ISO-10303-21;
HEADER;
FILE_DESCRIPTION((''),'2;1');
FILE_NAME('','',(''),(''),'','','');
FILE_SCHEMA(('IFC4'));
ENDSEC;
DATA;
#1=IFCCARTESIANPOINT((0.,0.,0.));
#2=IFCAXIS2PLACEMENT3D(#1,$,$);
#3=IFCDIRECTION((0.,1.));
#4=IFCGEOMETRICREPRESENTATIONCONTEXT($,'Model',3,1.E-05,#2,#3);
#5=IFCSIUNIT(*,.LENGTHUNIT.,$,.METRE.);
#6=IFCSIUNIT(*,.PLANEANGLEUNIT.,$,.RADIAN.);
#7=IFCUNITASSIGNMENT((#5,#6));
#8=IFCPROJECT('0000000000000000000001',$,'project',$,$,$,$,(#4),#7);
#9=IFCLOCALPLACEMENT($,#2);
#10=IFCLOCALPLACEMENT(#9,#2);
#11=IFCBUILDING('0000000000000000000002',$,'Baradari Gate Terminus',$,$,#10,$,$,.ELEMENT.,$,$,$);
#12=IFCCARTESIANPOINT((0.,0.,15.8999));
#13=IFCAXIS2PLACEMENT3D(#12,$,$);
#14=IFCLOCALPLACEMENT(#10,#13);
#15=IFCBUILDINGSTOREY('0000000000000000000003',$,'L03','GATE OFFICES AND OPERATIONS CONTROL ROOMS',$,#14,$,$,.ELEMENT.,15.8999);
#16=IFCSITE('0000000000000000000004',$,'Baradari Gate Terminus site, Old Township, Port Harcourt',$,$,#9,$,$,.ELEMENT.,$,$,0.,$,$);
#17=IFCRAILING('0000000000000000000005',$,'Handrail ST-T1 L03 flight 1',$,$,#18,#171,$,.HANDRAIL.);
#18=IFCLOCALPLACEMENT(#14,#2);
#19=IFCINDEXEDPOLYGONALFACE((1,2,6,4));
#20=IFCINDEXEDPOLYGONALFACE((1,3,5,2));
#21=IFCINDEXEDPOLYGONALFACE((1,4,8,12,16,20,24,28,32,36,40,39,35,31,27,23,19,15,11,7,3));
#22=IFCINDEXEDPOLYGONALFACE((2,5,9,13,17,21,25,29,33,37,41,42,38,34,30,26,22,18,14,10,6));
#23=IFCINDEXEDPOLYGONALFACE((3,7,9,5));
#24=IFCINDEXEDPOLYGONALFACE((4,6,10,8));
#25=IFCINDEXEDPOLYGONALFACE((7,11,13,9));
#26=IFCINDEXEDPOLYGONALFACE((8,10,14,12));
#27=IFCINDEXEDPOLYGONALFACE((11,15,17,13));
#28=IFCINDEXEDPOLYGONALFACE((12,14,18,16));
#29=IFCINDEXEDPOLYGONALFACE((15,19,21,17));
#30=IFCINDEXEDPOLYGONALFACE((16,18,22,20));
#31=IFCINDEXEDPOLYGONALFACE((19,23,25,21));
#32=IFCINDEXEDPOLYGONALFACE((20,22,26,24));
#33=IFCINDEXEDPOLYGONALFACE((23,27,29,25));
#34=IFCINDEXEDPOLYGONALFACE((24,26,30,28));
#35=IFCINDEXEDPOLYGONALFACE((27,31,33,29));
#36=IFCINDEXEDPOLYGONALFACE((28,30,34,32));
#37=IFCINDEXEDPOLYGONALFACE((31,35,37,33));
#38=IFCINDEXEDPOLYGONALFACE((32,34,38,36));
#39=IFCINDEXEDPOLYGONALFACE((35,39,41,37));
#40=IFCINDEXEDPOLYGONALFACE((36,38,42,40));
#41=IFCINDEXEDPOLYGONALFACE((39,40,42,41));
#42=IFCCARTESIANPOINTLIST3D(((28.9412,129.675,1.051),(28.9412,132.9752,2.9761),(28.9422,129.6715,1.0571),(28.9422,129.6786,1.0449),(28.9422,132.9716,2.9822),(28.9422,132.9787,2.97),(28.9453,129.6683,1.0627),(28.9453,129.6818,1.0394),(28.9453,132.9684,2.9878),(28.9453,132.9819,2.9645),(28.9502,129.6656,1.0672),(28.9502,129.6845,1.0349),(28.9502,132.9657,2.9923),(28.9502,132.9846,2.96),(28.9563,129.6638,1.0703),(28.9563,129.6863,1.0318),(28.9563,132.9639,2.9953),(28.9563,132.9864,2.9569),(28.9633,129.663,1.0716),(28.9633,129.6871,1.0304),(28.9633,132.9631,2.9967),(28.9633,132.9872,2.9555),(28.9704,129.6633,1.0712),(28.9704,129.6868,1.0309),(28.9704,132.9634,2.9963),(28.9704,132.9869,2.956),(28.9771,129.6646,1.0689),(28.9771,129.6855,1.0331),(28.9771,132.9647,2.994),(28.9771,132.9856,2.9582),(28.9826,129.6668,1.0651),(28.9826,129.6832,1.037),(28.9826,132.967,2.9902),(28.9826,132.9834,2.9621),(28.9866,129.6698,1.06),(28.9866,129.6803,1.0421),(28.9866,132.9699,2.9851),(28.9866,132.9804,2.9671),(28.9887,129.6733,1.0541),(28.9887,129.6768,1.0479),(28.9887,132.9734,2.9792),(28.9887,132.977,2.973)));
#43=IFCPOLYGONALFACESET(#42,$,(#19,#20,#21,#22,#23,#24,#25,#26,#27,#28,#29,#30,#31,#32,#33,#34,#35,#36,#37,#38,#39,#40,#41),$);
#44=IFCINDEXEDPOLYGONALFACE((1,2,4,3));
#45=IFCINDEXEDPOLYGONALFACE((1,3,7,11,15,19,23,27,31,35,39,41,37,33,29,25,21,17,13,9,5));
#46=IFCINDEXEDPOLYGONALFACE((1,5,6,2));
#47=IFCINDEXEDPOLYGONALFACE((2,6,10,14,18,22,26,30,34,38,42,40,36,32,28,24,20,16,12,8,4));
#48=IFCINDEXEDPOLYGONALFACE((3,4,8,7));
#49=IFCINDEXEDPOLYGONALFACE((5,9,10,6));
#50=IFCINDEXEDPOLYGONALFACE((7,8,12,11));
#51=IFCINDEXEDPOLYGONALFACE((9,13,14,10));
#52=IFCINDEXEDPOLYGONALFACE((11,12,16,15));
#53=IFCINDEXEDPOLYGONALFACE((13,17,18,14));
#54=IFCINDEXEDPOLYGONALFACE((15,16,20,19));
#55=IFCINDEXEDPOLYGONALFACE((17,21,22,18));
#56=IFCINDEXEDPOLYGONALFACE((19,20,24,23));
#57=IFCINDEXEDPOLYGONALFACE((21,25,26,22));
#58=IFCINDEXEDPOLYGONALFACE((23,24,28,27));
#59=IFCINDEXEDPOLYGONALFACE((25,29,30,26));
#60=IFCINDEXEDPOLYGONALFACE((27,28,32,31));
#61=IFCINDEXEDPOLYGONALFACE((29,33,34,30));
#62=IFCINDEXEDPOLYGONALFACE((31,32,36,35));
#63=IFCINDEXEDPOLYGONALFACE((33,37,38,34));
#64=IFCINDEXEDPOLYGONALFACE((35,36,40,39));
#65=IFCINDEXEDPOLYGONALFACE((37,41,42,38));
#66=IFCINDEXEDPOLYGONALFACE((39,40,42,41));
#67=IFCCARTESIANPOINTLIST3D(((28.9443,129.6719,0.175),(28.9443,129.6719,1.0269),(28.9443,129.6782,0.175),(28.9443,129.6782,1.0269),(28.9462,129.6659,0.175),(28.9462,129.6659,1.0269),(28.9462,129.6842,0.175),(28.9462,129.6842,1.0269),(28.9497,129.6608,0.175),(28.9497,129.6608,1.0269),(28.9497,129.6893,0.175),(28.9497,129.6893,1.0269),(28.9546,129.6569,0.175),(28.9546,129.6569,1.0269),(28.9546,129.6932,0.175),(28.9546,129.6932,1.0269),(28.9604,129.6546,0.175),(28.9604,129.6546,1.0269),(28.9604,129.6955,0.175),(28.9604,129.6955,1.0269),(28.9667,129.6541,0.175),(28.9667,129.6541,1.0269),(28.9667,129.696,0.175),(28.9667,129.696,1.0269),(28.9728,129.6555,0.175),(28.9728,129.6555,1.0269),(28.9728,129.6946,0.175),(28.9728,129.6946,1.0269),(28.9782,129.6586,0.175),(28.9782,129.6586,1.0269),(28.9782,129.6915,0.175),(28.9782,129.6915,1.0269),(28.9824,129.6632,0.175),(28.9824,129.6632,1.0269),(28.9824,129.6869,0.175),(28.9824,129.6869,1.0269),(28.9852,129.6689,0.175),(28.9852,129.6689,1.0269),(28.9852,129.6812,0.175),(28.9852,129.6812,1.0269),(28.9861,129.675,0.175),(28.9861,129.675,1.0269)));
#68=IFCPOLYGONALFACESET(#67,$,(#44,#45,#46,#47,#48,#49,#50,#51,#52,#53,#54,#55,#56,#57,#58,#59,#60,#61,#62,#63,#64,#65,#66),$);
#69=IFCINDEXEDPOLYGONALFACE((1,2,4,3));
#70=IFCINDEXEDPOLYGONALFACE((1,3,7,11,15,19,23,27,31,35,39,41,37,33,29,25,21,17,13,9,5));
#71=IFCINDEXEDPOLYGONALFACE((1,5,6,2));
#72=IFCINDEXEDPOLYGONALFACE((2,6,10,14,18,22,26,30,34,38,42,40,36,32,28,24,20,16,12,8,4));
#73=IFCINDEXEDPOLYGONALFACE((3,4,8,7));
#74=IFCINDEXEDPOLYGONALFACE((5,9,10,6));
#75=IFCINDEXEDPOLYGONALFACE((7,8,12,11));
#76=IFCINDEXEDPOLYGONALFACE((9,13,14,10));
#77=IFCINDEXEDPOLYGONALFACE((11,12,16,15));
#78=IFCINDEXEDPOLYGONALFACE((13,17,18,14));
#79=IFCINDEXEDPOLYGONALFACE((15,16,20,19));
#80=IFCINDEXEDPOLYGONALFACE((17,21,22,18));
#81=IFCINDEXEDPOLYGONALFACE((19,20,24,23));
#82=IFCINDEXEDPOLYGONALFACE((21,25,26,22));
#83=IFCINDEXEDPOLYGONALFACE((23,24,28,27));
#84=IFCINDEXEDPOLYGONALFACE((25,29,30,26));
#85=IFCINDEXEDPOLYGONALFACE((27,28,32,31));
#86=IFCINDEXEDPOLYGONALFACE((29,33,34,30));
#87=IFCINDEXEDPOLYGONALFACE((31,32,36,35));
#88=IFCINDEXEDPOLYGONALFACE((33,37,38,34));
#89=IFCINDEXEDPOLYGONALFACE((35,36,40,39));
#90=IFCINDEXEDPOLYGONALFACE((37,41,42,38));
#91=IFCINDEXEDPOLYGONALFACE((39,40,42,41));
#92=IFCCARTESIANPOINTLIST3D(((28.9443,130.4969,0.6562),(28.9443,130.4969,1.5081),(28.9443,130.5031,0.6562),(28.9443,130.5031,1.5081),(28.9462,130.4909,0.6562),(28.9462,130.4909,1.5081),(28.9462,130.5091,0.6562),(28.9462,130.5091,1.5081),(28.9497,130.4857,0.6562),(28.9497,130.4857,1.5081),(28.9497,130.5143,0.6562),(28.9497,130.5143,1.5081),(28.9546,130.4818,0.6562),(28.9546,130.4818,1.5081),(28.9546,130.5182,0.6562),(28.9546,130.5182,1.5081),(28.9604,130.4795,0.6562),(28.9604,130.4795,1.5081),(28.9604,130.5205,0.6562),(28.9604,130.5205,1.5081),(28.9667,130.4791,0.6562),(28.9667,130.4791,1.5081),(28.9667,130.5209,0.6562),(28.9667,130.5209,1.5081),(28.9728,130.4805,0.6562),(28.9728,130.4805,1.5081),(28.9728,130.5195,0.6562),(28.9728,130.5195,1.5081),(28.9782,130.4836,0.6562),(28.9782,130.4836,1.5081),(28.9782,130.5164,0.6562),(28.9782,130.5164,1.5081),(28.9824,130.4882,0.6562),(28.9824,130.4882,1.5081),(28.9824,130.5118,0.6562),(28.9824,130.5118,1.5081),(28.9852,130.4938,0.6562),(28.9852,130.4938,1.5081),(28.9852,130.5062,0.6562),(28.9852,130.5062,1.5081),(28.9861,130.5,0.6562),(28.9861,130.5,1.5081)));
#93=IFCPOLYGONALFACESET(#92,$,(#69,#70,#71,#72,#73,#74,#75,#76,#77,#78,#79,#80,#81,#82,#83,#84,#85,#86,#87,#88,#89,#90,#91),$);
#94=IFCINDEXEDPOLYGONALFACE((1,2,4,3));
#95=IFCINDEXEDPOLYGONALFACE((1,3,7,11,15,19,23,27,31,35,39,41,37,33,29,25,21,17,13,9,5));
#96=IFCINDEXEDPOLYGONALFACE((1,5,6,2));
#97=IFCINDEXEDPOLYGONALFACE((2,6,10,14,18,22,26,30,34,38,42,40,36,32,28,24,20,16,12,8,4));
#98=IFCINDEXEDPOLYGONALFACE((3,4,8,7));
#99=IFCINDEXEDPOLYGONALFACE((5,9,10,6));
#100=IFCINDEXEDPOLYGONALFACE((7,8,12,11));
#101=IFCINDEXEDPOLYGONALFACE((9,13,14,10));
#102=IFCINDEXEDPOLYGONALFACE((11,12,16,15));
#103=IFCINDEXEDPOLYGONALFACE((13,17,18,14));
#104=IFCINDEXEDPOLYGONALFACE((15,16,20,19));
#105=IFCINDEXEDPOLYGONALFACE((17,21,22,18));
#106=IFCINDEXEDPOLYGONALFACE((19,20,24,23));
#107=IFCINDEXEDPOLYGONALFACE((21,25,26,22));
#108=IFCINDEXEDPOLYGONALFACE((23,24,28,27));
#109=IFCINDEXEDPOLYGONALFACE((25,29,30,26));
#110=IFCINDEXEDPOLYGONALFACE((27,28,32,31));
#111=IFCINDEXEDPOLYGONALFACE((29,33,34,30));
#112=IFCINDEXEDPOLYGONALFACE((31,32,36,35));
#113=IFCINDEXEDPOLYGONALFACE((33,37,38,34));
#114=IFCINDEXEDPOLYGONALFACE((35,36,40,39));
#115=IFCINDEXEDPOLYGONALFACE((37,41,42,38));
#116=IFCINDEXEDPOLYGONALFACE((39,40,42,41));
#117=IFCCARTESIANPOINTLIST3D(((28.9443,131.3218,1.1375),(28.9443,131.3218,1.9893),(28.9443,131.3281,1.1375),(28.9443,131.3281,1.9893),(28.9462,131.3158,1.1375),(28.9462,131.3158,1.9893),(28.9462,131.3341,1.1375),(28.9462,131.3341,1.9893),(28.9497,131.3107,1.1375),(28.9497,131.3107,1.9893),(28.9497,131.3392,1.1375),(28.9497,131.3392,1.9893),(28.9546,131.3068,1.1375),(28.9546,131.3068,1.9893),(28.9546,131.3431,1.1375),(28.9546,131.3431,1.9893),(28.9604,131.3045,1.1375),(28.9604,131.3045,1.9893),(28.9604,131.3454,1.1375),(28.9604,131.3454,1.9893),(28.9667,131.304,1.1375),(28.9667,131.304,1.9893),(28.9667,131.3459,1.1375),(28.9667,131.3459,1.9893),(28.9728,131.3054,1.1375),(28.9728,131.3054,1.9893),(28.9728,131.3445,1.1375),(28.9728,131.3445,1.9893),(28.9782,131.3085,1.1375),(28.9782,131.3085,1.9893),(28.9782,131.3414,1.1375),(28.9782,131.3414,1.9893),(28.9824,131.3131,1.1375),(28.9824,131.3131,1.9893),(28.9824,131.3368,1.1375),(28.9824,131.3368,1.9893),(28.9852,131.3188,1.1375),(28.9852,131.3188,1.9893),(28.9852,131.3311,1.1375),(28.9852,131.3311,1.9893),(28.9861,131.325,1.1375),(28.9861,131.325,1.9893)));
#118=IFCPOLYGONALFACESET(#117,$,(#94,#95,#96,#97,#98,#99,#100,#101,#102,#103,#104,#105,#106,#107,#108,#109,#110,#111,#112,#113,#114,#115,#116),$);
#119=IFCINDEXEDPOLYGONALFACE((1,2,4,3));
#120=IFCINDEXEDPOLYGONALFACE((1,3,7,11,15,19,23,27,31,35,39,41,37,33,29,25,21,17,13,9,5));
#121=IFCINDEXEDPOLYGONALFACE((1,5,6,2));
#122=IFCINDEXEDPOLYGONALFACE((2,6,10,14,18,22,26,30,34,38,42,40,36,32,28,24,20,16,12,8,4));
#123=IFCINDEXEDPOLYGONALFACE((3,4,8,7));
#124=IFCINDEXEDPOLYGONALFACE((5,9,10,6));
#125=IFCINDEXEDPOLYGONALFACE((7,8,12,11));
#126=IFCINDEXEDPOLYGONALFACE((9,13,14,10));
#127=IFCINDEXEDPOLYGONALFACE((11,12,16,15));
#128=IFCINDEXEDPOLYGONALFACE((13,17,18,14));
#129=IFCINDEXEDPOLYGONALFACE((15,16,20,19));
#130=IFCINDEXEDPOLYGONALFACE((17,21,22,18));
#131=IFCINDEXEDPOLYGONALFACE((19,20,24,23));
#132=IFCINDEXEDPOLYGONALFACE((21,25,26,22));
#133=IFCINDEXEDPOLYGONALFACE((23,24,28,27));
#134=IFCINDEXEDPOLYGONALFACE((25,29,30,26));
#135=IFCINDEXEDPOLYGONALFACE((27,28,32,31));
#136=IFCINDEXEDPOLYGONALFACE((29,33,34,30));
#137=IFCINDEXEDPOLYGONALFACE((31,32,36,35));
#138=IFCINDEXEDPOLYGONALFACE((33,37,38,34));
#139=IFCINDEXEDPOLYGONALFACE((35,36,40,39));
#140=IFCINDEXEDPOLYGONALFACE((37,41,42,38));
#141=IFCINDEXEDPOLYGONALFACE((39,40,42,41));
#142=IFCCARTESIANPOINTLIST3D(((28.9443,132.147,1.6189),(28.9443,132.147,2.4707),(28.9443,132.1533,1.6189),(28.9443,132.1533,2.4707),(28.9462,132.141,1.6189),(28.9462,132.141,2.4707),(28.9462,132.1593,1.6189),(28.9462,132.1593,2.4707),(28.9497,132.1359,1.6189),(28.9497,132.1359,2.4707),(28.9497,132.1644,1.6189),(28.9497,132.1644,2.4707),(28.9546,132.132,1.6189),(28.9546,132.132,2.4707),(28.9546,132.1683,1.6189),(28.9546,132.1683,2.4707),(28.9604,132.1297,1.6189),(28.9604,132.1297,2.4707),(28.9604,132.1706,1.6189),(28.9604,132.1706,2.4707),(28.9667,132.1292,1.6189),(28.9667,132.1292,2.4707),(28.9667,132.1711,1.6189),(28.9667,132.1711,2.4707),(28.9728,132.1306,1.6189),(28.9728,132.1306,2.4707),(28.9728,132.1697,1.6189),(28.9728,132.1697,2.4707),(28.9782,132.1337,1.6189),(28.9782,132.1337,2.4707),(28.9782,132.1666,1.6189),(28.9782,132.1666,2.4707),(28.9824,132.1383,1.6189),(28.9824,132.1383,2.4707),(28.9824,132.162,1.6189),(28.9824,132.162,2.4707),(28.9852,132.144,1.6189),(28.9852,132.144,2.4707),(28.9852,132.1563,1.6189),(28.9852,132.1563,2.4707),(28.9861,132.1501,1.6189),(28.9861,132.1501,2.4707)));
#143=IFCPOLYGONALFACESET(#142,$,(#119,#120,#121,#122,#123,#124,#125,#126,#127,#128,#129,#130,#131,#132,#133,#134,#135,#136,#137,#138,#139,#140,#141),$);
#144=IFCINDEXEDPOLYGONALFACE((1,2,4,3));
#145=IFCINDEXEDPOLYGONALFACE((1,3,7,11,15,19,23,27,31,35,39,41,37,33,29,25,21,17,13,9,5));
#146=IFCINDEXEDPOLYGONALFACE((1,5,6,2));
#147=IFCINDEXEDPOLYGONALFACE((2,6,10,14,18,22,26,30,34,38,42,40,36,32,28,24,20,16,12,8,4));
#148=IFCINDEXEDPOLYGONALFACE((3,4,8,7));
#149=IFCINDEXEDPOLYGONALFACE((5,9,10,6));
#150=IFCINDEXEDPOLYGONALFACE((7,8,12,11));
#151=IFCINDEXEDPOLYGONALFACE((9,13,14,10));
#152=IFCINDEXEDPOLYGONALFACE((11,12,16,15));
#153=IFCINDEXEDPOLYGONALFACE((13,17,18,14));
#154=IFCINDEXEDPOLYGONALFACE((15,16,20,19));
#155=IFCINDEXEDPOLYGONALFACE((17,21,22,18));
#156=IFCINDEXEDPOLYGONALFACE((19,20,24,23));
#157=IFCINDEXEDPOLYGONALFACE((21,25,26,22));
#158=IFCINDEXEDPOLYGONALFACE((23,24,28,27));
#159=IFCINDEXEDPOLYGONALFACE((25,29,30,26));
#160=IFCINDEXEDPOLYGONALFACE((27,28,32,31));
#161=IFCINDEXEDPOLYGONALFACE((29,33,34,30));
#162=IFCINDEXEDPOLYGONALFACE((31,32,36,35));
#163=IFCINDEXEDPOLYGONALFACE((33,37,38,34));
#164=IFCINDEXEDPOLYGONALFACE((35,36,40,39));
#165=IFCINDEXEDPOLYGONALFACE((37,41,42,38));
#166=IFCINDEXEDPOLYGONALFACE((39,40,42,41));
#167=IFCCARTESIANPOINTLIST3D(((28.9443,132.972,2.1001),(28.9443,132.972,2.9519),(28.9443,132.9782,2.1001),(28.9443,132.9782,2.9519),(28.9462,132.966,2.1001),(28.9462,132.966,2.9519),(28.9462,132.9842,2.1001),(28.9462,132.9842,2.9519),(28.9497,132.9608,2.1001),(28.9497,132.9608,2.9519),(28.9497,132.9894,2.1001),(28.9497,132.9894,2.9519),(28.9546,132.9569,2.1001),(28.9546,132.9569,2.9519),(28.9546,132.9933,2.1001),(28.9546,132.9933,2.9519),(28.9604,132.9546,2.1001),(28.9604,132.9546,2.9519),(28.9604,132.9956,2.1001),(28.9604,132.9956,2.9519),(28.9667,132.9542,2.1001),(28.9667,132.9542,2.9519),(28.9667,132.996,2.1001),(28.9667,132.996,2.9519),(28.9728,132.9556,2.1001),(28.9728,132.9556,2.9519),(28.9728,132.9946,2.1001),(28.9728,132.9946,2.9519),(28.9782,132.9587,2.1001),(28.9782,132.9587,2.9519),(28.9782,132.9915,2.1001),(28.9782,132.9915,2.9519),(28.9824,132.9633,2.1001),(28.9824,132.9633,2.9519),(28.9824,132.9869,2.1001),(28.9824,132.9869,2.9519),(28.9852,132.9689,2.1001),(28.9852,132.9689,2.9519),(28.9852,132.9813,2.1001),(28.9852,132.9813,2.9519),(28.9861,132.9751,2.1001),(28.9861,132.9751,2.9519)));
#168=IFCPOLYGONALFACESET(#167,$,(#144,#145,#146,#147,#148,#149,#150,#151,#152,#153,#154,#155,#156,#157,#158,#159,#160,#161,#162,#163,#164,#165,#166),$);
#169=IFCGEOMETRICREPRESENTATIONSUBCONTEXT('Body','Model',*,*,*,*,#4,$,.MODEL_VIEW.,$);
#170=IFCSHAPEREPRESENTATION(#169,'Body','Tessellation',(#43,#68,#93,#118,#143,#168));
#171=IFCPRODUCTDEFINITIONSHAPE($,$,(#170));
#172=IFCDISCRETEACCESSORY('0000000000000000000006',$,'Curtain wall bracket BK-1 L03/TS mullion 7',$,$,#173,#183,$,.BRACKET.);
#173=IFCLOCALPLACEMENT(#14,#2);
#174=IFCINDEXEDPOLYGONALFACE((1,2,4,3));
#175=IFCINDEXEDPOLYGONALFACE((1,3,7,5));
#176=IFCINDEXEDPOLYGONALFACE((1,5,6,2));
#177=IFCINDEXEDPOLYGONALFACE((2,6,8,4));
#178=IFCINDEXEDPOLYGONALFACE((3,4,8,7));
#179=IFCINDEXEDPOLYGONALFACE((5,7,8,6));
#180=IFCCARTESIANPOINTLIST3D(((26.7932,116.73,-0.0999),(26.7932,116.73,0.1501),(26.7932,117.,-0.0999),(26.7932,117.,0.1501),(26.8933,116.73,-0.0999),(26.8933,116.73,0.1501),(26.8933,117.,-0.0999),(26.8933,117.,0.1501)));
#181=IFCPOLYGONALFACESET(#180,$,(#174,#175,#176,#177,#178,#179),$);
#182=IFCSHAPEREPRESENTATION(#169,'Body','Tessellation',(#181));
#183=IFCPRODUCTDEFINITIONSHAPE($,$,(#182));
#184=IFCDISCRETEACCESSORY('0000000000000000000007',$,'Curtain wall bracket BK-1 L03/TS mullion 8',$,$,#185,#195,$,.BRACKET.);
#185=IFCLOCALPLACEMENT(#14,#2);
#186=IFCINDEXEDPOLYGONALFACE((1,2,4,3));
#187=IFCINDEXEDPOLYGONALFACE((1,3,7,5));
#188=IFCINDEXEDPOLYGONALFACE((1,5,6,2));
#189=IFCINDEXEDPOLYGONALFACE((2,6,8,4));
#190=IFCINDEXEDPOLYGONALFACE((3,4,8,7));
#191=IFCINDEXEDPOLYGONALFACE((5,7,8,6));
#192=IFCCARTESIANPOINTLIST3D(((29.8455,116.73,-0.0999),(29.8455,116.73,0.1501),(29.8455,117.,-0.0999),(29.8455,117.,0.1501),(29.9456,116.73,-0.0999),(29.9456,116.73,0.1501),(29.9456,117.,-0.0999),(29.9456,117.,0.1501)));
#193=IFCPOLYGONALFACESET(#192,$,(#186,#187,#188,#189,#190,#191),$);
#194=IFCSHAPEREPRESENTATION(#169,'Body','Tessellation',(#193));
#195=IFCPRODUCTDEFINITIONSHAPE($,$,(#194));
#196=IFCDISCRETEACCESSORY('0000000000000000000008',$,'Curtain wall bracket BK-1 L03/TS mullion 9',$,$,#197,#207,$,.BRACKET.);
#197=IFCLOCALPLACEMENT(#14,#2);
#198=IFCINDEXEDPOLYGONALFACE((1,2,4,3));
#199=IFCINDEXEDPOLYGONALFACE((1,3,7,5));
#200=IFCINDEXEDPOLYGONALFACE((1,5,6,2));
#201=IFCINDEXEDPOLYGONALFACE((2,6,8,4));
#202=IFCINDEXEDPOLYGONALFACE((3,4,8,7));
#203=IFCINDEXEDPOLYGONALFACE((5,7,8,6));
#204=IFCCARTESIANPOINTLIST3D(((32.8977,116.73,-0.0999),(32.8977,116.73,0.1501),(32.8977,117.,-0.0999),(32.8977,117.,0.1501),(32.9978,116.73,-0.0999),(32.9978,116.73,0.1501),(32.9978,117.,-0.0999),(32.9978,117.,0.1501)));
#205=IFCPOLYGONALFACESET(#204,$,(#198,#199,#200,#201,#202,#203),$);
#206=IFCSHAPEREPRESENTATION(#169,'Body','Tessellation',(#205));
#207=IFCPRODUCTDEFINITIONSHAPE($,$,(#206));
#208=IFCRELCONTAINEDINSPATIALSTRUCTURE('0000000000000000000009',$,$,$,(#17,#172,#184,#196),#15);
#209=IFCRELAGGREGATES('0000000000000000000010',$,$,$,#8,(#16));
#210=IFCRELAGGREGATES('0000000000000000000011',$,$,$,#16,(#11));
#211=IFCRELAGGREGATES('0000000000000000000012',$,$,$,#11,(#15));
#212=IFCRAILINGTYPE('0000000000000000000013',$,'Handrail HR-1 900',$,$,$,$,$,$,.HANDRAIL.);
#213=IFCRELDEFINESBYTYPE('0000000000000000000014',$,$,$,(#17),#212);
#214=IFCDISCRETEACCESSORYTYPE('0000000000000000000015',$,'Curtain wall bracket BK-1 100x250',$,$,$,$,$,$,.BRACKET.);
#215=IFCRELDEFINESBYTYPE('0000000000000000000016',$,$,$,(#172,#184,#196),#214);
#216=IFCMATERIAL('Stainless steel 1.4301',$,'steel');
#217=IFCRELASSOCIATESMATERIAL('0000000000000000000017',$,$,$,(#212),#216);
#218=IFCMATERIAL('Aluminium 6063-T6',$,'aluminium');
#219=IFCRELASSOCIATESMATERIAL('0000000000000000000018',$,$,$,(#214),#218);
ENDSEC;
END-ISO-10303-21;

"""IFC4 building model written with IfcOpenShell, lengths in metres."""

from ifc_helpers import new_model, si_unit, direction, frame, origin, origin_2d, place, context, subcontext, project, spatial, rectangle, circle, extrude, material, type_object, element, save


model = new_model("IFC4")

# Units and contexts
model_context = context("Model", 3, precision=1e-05, world=origin(), true_north=direction((0.0, 1.0)))
body_context = subcontext(model_context, "Body", "Model", "MODEL_VIEW")
ifc_project = project(units=[si_unit("LENGTHUNIT", "METRE"), si_unit("PLANEANGLEUNIT", "RADIAN")], contexts=[model_context])

# Site, building, storey
site_placement = place(None, origin())
site = spatial("IfcSite", under=ifc_project, at=site_placement, Name="Baradari Gate Terminus site, Old Township, Port Harcourt", CompositionType="ELEMENT", RefElevation=0.0)
building_placement = place(site_placement, origin())
building = spatial("IfcBuilding", under=site, at=building_placement, Name="Baradari Gate Terminus", CompositionType="ELEMENT")
storey_placement = place(building_placement, frame((0.0, 0.0, 15.8999)))
storey = spatial("IfcBuildingStorey", under=building, at=storey_placement, Name="L03", Description="GATE OFFICES AND OPERATIONS CONTROL ROOMS", CompositionType="ELEMENT", Elevation=15.8999)

# Railing
ifc_material_1 = material(Name="Stainless steel 1.4301", Category="steel")
railing_type = type_object("IfcRailingType", Name="Handrail HR-1 900", PredefinedType="HANDRAIL", material=ifc_material_1)
for number, where, name in (
    (1, (28.9651, 129.675, 0.175), "Handrail ST-T1 L03 flight 1"),
):
    element("IfcRailing", number, at=place(storey_placement, frame(where)), inside=storey, type_object=railing_type, Name=name, PredefinedType="HANDRAIL", context=body_context, shape_type="SweptSolid", body=[
        extrude(circle(Radius=0.0239, at=origin_2d()), frame((0.0, 0.0, 0.876), z_axis=(0.0, 0.863777, 0.503875), x_axis=(-1.0, 0.0, 0.0)), (0.0, 0.0, 1.0), 3.8206),
        extrude(circle(Radius=0.021, at=origin_2d()), origin(), (0.0, 0.0, 1.0), 0.8518),
        extrude(circle(Radius=0.021, at=origin_2d()), frame((0.0, 0.825, 0.4812)), (0.0, 0.0, 1.0), 0.8518),
        extrude(circle(Radius=0.021, at=origin_2d()), frame((0.0, 1.6499, 0.9624)), (0.0, 0.0, 1.0), 0.8518),
        extrude(circle(Radius=0.021, at=origin_2d()), frame((0.0, 2.4751, 1.4438)), (0.0, 0.0, 1.0), 0.8518),
        extrude(circle(Radius=0.021, at=origin_2d()), frame((0.0, 3.3, 1.925)), (0.0, 0.0, 1.0), 0.8518),
    ])

# Discrete accessories
ifc_material_2 = material(Name="Aluminium 6063-T6", Category="aluminium")
discrete_accessory_type = type_object("IfcDiscreteAccessoryType", Name="Curtain wall bracket BK-1 100x250", PredefinedType="BRACKET", material=ifc_material_2)
for number, where, z_axis, x_axis, name in (
    (2, (26.8433, 116.865, -0.0999), (0.0, 0.0, 1.0), (0.0, -1.0, 0.0), "Curtain wall bracket BK-1 L03/TS mullion 7"),
    (3, (29.8955, 116.865, -0.0999), (0.0, 0.0, 1.0), (0.0, -1.0, 0.0), "Curtain wall bracket BK-1 L03/TS mullion 8"),
    (4, (32.9478, 116.865, -0.0999), (0.0, 0.0, 1.0), (0.0, -1.0, 0.0), "Curtain wall bracket BK-1 L03/TS mullion 9"),
):
    element("IfcDiscreteAccessory", number, at=place(storey_placement, frame(where, z_axis=z_axis, x_axis=x_axis)), inside=storey, type_object=discrete_accessory_type, Name=name, PredefinedType="BRACKET", context=body_context, shape_type="SweptSolid", body=[
        extrude(rectangle(XDim=0.27, YDim=0.1001, at=origin_2d()), origin(), (0.0, 0.0, 1.0), 0.25),
    ])

save(model, "model.ifc")
